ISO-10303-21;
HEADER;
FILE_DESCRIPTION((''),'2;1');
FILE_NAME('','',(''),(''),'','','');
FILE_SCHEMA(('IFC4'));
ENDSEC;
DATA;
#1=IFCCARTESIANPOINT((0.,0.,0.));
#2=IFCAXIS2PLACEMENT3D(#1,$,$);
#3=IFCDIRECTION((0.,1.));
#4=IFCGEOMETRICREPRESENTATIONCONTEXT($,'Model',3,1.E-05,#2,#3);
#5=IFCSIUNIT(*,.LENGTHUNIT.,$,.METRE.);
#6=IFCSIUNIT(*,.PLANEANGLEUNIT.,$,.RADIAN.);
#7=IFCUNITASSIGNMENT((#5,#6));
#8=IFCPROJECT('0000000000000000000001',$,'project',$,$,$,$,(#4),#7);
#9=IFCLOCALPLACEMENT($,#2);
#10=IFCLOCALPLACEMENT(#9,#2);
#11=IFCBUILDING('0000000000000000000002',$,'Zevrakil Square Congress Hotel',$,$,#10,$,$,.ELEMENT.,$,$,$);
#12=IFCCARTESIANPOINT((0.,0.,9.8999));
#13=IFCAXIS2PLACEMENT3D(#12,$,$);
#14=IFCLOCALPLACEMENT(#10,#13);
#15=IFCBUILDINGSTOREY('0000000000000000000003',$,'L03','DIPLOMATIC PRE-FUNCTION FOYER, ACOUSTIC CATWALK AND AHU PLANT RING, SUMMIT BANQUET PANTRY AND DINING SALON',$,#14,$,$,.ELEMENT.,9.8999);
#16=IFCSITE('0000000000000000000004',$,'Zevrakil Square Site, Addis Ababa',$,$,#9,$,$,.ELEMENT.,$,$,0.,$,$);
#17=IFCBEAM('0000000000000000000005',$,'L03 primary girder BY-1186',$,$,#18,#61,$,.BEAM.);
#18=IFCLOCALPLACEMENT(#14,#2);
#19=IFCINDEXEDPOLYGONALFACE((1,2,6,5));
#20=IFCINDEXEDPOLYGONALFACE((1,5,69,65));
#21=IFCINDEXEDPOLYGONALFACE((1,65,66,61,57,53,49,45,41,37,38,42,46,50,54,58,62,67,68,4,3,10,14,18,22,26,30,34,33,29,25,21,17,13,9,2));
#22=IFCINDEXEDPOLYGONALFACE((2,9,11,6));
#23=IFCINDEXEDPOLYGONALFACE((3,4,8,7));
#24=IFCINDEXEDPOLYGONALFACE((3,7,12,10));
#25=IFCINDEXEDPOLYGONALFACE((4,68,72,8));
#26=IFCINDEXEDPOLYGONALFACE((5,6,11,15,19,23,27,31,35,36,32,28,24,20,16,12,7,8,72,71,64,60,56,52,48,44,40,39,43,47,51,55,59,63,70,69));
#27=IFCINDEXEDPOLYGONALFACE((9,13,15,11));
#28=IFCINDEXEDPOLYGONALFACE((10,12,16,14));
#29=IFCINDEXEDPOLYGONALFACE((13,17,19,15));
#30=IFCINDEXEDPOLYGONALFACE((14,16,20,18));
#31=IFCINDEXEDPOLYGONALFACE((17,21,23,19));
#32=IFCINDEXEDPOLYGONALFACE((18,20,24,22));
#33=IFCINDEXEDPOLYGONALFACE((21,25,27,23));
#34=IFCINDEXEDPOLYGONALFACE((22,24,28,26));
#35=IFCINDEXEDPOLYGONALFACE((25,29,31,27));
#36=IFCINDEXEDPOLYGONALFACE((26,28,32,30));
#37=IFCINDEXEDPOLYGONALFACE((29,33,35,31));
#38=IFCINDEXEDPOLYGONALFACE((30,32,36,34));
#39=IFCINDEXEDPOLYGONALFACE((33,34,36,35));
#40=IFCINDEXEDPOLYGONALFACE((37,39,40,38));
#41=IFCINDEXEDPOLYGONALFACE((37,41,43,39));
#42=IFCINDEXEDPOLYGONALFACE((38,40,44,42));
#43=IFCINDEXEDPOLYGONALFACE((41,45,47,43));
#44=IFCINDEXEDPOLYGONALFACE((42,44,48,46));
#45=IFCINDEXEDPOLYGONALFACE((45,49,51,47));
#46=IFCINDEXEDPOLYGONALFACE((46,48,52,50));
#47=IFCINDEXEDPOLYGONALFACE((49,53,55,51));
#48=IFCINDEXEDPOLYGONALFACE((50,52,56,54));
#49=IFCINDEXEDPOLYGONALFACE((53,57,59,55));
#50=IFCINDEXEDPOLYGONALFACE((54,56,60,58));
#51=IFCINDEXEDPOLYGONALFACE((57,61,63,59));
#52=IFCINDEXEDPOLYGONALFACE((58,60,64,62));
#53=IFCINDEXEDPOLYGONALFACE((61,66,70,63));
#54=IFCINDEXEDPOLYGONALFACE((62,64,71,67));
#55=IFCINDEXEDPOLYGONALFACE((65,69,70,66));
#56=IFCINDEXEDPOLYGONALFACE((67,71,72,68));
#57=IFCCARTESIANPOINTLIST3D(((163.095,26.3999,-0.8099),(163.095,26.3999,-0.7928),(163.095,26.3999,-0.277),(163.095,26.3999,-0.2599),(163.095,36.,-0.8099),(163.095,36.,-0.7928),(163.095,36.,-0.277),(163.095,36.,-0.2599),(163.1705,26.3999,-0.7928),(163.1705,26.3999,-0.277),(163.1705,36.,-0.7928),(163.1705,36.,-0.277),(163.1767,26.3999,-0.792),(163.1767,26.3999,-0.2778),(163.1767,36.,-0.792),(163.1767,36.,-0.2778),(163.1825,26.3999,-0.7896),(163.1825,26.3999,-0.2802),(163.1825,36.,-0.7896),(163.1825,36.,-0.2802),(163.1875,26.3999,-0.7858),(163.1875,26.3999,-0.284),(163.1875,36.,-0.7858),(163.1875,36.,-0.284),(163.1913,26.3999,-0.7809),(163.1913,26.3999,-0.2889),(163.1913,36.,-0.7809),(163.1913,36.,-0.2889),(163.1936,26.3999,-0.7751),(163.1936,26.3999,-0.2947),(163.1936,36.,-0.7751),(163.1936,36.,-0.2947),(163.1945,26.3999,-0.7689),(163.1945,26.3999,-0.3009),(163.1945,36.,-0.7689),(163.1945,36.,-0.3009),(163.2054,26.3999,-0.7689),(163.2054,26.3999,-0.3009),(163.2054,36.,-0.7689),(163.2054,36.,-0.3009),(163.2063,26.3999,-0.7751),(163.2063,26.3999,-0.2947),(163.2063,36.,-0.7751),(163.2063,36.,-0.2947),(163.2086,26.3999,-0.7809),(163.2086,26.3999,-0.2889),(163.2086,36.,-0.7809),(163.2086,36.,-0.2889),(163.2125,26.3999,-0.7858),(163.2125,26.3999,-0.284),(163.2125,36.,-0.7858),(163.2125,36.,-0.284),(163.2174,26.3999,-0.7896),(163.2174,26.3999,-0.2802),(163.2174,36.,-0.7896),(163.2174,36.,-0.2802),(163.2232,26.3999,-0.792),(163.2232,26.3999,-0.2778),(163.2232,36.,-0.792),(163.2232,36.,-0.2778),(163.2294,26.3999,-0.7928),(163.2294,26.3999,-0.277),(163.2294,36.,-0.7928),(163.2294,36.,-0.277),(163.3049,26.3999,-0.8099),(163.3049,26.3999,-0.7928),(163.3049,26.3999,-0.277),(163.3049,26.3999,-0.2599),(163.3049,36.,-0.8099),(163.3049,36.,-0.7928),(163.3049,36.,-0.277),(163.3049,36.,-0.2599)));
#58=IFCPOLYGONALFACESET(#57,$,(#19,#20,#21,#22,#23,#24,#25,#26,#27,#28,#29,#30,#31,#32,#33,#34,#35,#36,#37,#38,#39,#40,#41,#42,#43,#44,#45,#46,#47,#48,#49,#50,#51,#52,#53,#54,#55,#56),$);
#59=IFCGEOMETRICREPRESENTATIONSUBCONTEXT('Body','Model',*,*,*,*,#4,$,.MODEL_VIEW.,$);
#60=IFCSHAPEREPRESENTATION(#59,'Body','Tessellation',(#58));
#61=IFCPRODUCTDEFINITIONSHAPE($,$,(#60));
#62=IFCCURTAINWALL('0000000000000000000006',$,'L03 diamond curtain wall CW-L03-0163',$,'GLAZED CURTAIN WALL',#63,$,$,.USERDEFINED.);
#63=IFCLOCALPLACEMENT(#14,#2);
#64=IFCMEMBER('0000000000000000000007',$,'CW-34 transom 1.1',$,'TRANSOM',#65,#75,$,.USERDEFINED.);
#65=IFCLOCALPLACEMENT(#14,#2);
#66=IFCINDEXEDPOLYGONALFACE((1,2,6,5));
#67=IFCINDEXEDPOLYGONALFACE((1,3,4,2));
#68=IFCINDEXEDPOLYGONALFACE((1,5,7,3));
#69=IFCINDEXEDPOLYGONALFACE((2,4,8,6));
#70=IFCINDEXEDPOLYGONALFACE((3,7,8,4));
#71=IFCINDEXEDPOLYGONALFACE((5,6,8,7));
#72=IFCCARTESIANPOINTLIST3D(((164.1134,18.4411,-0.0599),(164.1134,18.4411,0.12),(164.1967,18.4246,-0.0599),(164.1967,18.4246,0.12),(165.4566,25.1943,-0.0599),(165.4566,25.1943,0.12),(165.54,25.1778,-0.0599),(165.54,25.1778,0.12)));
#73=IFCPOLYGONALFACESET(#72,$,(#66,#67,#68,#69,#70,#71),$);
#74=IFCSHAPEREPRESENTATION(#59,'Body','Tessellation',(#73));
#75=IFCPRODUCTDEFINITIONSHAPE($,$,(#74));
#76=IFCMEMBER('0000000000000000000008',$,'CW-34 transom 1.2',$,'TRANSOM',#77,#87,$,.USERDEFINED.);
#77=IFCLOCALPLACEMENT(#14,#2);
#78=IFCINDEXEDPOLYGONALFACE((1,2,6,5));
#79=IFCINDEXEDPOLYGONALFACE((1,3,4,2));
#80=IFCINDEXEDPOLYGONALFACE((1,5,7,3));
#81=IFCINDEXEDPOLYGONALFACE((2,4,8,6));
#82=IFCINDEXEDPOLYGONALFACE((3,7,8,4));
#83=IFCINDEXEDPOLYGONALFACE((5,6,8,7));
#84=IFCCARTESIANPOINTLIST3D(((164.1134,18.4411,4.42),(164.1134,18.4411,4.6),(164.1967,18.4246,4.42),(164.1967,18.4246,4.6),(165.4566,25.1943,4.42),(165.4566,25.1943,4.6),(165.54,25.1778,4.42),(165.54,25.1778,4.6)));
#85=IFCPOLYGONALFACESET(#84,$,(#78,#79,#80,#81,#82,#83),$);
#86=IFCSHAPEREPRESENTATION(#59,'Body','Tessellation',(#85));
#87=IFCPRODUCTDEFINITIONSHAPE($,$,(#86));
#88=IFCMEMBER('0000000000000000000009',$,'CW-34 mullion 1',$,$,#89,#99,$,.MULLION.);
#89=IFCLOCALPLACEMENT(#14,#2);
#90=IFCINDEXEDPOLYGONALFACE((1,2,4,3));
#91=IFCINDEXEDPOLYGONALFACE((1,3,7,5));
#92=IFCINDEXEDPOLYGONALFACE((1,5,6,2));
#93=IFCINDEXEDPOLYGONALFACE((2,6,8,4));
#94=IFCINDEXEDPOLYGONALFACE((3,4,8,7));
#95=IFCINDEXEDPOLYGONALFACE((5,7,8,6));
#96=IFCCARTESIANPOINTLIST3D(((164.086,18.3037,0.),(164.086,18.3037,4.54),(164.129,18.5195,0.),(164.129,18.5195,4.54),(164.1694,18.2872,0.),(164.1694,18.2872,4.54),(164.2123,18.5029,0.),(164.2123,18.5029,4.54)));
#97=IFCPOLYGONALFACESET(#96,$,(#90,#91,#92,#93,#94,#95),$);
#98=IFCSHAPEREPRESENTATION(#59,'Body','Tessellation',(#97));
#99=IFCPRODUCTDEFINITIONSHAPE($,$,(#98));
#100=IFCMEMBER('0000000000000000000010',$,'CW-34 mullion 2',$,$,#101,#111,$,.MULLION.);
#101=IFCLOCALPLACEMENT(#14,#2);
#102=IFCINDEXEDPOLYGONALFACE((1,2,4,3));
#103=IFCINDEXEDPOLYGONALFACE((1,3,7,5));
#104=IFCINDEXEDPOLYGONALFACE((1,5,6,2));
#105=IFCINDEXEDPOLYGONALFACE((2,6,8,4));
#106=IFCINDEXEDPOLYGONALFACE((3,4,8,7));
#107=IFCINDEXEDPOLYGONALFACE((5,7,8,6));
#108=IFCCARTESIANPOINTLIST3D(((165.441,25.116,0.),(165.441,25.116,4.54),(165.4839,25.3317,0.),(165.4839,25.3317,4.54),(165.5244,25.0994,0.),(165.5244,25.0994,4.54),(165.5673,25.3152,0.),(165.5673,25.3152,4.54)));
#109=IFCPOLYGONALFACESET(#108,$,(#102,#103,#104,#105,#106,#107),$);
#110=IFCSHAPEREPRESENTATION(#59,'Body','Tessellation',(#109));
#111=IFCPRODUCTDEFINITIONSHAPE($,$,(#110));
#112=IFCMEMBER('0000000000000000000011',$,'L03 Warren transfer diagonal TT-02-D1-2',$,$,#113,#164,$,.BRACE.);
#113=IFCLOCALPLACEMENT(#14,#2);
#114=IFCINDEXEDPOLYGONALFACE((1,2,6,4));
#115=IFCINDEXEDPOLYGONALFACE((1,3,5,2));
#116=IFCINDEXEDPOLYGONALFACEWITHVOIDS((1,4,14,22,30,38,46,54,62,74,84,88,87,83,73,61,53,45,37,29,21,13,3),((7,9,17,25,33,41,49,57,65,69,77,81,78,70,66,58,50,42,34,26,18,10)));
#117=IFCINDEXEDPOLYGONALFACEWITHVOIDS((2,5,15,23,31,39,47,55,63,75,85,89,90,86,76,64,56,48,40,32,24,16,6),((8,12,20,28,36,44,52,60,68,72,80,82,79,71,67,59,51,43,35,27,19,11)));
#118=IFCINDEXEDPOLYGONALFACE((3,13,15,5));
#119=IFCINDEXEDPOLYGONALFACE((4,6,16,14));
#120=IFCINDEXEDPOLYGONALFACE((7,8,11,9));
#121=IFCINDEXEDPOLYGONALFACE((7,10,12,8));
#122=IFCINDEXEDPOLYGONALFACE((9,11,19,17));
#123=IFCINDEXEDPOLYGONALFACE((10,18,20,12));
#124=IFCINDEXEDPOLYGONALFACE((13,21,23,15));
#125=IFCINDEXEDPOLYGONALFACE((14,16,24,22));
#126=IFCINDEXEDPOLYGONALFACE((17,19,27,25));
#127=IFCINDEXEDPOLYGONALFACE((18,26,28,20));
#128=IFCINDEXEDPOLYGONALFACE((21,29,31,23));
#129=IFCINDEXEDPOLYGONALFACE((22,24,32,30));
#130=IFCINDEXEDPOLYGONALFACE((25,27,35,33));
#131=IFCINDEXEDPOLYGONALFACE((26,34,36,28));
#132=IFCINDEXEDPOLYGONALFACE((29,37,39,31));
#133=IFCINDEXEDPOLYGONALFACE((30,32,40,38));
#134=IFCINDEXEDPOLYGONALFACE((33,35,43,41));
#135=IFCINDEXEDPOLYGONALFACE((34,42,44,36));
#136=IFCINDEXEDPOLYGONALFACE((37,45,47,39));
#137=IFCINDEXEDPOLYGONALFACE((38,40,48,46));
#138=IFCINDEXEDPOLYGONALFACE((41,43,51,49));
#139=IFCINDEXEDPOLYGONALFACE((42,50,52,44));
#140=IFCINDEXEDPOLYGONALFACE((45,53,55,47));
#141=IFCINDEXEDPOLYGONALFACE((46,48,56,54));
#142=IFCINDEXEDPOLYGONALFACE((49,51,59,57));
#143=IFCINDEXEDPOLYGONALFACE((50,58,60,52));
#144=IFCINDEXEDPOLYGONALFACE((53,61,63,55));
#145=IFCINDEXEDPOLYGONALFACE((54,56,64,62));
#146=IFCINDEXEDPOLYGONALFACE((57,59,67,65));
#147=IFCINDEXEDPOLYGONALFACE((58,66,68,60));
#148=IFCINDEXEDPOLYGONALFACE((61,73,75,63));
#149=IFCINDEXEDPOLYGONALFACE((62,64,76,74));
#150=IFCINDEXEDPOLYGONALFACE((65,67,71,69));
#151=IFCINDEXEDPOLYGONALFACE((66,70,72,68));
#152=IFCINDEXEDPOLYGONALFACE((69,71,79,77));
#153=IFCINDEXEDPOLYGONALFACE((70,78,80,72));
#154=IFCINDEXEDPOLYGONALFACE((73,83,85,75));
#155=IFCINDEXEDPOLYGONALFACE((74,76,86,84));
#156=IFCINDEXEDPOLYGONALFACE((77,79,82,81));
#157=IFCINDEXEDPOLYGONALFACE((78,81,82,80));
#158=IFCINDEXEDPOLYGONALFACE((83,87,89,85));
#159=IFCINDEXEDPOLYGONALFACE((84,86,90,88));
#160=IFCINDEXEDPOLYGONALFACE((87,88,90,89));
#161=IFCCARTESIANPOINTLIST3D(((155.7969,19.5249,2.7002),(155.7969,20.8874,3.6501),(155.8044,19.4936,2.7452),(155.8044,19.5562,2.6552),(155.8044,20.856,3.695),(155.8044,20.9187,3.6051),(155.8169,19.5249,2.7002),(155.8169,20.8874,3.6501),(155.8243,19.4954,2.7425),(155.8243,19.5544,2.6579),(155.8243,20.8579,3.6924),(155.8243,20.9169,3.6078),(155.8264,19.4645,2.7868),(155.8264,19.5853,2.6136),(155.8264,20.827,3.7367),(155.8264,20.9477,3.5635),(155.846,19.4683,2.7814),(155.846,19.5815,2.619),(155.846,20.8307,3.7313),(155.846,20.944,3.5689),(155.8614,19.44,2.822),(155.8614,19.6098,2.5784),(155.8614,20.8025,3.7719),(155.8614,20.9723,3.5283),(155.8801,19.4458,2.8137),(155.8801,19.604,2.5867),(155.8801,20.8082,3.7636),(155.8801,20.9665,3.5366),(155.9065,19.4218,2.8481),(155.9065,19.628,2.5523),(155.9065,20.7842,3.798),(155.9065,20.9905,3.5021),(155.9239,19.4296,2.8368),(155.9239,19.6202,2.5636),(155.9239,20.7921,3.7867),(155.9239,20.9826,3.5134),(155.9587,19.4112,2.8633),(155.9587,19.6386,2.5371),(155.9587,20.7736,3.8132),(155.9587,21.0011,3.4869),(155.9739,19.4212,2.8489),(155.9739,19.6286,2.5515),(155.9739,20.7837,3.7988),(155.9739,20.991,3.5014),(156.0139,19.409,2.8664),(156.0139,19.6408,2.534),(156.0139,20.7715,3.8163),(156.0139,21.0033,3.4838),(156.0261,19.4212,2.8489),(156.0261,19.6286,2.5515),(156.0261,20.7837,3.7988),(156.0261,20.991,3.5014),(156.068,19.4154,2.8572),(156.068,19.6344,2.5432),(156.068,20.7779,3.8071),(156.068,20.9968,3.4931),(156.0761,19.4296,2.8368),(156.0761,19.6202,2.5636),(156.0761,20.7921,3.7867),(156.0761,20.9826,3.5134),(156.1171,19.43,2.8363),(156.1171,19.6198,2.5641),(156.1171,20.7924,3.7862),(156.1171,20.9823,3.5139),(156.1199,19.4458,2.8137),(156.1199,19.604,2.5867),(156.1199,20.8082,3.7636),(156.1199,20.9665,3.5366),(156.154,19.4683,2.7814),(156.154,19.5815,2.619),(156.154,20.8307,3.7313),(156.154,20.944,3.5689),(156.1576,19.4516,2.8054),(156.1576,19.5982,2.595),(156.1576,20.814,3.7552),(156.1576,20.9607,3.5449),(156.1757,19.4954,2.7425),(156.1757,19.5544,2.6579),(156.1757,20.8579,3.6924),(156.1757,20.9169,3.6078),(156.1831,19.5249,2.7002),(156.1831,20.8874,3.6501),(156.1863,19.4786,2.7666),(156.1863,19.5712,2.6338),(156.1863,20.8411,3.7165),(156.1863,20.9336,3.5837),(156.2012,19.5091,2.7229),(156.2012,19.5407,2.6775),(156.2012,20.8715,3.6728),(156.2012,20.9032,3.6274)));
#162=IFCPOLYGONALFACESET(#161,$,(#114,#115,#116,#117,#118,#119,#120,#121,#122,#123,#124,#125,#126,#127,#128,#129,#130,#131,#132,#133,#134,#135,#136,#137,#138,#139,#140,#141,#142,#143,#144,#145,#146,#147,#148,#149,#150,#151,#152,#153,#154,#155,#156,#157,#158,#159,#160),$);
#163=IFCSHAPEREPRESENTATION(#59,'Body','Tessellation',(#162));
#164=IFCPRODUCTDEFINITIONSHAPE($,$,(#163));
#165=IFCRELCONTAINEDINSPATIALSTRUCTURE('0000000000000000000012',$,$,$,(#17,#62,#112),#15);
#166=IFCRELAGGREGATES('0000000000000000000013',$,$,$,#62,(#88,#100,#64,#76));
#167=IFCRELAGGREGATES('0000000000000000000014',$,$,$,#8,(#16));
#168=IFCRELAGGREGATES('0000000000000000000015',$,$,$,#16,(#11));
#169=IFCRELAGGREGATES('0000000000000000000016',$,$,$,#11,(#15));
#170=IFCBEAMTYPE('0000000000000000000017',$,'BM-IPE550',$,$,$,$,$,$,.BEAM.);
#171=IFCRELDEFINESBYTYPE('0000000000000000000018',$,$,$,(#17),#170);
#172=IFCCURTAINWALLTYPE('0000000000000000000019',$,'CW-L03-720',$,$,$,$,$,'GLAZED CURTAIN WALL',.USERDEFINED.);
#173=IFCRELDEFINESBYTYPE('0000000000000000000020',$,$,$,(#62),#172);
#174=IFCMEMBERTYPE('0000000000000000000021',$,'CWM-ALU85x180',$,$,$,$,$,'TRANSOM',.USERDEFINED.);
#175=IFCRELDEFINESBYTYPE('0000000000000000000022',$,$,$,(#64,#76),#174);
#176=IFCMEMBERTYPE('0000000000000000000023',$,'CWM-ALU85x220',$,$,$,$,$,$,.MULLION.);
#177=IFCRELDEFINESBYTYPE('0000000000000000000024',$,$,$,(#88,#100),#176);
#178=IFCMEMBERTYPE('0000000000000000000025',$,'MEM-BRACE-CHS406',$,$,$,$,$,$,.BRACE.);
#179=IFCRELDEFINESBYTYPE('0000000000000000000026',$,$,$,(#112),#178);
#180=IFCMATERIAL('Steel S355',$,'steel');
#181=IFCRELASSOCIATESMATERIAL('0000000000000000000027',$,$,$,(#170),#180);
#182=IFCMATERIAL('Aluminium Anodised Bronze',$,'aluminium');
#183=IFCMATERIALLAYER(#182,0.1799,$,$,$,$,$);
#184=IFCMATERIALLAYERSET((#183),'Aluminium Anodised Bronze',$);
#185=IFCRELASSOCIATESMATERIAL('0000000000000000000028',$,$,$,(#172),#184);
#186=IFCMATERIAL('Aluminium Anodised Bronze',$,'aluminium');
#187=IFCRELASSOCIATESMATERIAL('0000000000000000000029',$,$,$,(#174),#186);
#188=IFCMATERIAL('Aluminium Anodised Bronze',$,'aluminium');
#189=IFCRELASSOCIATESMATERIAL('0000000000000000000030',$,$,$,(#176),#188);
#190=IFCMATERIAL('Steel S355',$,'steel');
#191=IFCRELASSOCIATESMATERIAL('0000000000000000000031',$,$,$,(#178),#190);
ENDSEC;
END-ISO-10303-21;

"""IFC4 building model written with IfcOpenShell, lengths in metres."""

from ifc_helpers import new_model, si_unit, direction, frame, origin, origin_2d, place, context, subcontext, project, spatial, rectangle, hollow_circle, i_section, extrude, material, layer, layer_set, material_profile, profile_set, type_object, element, aggregate, save


model = new_model("IFC4")

# Units and contexts
model_context = context("Model", 3, precision=1e-05, world=origin(), true_north=direction((0.0, 1.0)))
body_context = subcontext(model_context, "Body", "Model", "MODEL_VIEW")
ifc_project = project(units=[si_unit("LENGTHUNIT", "METRE"), si_unit("PLANEANGLEUNIT", "RADIAN")], contexts=[model_context])

# Site, building, storey
site_placement = place(None, origin())
site = spatial("IfcSite", under=ifc_project, at=site_placement, Name="Zevrakil Square Site, Addis Ababa", CompositionType="ELEMENT", RefElevation=0.0)
building_placement = place(site_placement, origin())
building = spatial("IfcBuilding", under=site, at=building_placement, Name="Zevrakil Square Congress Hotel", CompositionType="ELEMENT")
storey_placement = place(building_placement, frame((0.0, 0.0, 9.8999)))
storey = spatial("IfcBuildingStorey", under=building, at=storey_placement, Name="L03", Description="DIPLOMATIC PRE-FUNCTION FOYER, ACOUSTIC CATWALK AND AHU PLANT RING, SUMMIT BANQUET PANTRY AND DINING SALON", CompositionType="ELEMENT", Elevation=9.8999)

# Beam
ifc_material_1 = material(Name="Steel S355", Category="steel")
ifc_material_profile_1 = material_profile(ifc_material_1, i_section(OverallWidth=0.21, OverallDepth=0.55, WebThickness=0.011, FlangeThickness=0.0171, FilletRadius=0.0239, at=origin_2d()), Name="IPE 550")
ifc_profile_set_1 = profile_set([ifc_material_profile_1], Name="Steel S355")
beam_type_1 = type_object("IfcBeamType", Name="BM-IPE550", PredefinedType="BEAM", material=ifc_profile_set_1)
for number, where, z_axis, x_axis, name in (
    (1, (163.2, 26.3999, -0.5349), (0.0, 1.0, 0.0), (-1.0, 0.0, 0.0), "L03 primary girder BY-1186"),
):
    element("IfcBeam", number, at=place(storey_placement, frame(where, z_axis=z_axis, x_axis=x_axis)), inside=storey, type_object=beam_type_1, Name=name, PredefinedType="BEAM", context=body_context, shape_type="SweptSolid", body=[
        extrude(i_section(OverallWidth=0.21, OverallDepth=0.55, WebThickness=0.011, FlangeThickness=0.0171, FilletRadius=0.0239, at=origin_2d()), origin(), (0.0, 0.0, 1.0), 9.6001),
    ])

# Curtain wall, members
ifc_material_2 = material(Name="Aluminium Anodised Bronze", Category="aluminium")
ifc_layer_1 = layer(ifc_material_2, 0.1799)
ifc_layer_set_1 = layer_set([ifc_layer_1], Name="Aluminium Anodised Bronze")
curtain_wall_type = type_object("IfcCurtainWallType", Name="CW-L03-720", ElementType="GLAZED CURTAIN WALL", PredefinedType="USERDEFINED", material=ifc_layer_set_1)
curtain_wall_placement = place(storey_placement, origin())
curtain_wall = element("IfcCurtainWall", 2, at=curtain_wall_placement, inside=storey, type_object=curtain_wall_type, Name="L03 diamond curtain wall CW-L03-0163", ObjectType="GLAZED CURTAIN WALL", PredefinedType="USERDEFINED")
ifc_material_3 = material(Name="Aluminium Anodised Bronze", Category="aluminium")
ifc_material_profile_2 = material_profile(ifc_material_3, rectangle(XDim=0.085, YDim=0.1799, at=origin_2d()), Name="ALU 85x180")
ifc_profile_set_2 = profile_set([ifc_material_profile_2], Name="Aluminium Anodised Bronze")
member_type_1 = type_object("IfcMemberType", Name="CWM-ALU85x180", ElementType="TRANSOM", PredefinedType="USERDEFINED", material=ifc_profile_set_2)
member_1_placement = place(storey_placement, frame((164.155, 18.4329, 0.03), z_axis=(0.195086, 0.980786, 0.0), x_axis=(-0.980786, 0.195086, 0.0)))
member_1 = element("IfcMember", 3, at=member_1_placement, type_object=member_type_1, Name="CW-34 transom 1.1", ObjectType="TRANSOM", PredefinedType="USERDEFINED", context=body_context, shape_type="SweptSolid", body=[
    extrude(rectangle(XDim=0.085, YDim=0.1799, at=origin_2d()), origin(), (0.0, 0.0, 1.0), 6.8855),
])
member_2_placement = place(storey_placement, frame((164.155, 18.4329, 4.51), z_axis=(0.195086, 0.980786, 0.0), x_axis=(-0.980786, 0.195086, 0.0)))
member_2 = element("IfcMember", 4, at=member_2_placement, type_object=member_type_1, Name="CW-34 transom 1.2", ObjectType="TRANSOM", PredefinedType="USERDEFINED", context=body_context, shape_type="SweptSolid", body=[
    extrude(rectangle(XDim=0.085, YDim=0.1799, at=origin_2d()), origin(), (0.0, 0.0, 1.0), 6.8855),
])
ifc_material_4 = material(Name="Aluminium Anodised Bronze", Category="aluminium")
ifc_material_profile_3 = material_profile(ifc_material_4, rectangle(XDim=0.085, YDim=0.22, at=origin_2d()), Name="ALU 85x220")
ifc_profile_set_3 = profile_set([ifc_material_profile_3], Name="Aluminium Anodised Bronze")
member_type_2 = type_object("IfcMemberType", Name="CWM-ALU85x220", PredefinedType="MULLION", material=ifc_profile_set_3)
member_3_placement = place(storey_placement, frame((164.1492, 18.4033, 0.0), z_axis=(0.0, 0.0, 1.0), x_axis=(-0.980787, 0.195084, 0.0)))
member_3 = element("IfcMember", 5, at=member_3_placement, type_object=member_type_2, Name="CW-34 mullion 1", PredefinedType="MULLION", context=body_context, shape_type="SweptSolid", body=[
    extrude(rectangle(XDim=0.085, YDim=0.22, at=origin_2d()), origin(), (0.0, 0.0, 1.0), 4.54),
])
member_4_placement = place(storey_placement, frame((165.5042, 25.2156, 0.0), z_axis=(0.0, 0.0, 1.0), x_axis=(-0.980787, 0.195084, 0.0)))
member_4 = element("IfcMember", 6, at=member_4_placement, type_object=member_type_2, Name="CW-34 mullion 2", PredefinedType="MULLION", context=body_context, shape_type="SweptSolid", body=[
    extrude(rectangle(XDim=0.085, YDim=0.22, at=origin_2d()), origin(), (0.0, 0.0, 1.0), 4.54),
])

# Member
ifc_material_5 = material(Name="Steel S355", Category="steel")
ifc_material_profile_4 = material_profile(ifc_material_5, hollow_circle(Radius=0.2031, WallThickness=0.02, at=origin_2d()), Name="CHS 406.4x20")
ifc_profile_set_4 = profile_set([ifc_material_profile_4], Name="Steel S355")
member_type_3 = type_object("IfcMemberType", Name="MEM-BRACE-CHS406", PredefinedType="BRACE", material=ifc_profile_set_4)
for number, where, z_axis, x_axis, name in (
    (7, (156.0, 19.5249, 2.7002), (0.0, 0.820315, 0.571913), (-1.0, 0.0, 0.0), "L03 Warren transfer diagonal TT-02-D1-2"),
):
    element("IfcMember", number, at=place(storey_placement, frame(where, z_axis=z_axis, x_axis=x_axis)), inside=storey, type_object=member_type_3, Name=name, PredefinedType="BRACE", context=body_context, shape_type="SweptSolid", body=[
        extrude(hollow_circle(Radius=0.2031, WallThickness=0.02, at=origin_2d()), origin(), (0.0, 0.0, 1.0), 1.6609),
    ])

aggregate(curtain_wall, [member_3, member_4, member_1, member_2])

save(model, "model.ifc")
